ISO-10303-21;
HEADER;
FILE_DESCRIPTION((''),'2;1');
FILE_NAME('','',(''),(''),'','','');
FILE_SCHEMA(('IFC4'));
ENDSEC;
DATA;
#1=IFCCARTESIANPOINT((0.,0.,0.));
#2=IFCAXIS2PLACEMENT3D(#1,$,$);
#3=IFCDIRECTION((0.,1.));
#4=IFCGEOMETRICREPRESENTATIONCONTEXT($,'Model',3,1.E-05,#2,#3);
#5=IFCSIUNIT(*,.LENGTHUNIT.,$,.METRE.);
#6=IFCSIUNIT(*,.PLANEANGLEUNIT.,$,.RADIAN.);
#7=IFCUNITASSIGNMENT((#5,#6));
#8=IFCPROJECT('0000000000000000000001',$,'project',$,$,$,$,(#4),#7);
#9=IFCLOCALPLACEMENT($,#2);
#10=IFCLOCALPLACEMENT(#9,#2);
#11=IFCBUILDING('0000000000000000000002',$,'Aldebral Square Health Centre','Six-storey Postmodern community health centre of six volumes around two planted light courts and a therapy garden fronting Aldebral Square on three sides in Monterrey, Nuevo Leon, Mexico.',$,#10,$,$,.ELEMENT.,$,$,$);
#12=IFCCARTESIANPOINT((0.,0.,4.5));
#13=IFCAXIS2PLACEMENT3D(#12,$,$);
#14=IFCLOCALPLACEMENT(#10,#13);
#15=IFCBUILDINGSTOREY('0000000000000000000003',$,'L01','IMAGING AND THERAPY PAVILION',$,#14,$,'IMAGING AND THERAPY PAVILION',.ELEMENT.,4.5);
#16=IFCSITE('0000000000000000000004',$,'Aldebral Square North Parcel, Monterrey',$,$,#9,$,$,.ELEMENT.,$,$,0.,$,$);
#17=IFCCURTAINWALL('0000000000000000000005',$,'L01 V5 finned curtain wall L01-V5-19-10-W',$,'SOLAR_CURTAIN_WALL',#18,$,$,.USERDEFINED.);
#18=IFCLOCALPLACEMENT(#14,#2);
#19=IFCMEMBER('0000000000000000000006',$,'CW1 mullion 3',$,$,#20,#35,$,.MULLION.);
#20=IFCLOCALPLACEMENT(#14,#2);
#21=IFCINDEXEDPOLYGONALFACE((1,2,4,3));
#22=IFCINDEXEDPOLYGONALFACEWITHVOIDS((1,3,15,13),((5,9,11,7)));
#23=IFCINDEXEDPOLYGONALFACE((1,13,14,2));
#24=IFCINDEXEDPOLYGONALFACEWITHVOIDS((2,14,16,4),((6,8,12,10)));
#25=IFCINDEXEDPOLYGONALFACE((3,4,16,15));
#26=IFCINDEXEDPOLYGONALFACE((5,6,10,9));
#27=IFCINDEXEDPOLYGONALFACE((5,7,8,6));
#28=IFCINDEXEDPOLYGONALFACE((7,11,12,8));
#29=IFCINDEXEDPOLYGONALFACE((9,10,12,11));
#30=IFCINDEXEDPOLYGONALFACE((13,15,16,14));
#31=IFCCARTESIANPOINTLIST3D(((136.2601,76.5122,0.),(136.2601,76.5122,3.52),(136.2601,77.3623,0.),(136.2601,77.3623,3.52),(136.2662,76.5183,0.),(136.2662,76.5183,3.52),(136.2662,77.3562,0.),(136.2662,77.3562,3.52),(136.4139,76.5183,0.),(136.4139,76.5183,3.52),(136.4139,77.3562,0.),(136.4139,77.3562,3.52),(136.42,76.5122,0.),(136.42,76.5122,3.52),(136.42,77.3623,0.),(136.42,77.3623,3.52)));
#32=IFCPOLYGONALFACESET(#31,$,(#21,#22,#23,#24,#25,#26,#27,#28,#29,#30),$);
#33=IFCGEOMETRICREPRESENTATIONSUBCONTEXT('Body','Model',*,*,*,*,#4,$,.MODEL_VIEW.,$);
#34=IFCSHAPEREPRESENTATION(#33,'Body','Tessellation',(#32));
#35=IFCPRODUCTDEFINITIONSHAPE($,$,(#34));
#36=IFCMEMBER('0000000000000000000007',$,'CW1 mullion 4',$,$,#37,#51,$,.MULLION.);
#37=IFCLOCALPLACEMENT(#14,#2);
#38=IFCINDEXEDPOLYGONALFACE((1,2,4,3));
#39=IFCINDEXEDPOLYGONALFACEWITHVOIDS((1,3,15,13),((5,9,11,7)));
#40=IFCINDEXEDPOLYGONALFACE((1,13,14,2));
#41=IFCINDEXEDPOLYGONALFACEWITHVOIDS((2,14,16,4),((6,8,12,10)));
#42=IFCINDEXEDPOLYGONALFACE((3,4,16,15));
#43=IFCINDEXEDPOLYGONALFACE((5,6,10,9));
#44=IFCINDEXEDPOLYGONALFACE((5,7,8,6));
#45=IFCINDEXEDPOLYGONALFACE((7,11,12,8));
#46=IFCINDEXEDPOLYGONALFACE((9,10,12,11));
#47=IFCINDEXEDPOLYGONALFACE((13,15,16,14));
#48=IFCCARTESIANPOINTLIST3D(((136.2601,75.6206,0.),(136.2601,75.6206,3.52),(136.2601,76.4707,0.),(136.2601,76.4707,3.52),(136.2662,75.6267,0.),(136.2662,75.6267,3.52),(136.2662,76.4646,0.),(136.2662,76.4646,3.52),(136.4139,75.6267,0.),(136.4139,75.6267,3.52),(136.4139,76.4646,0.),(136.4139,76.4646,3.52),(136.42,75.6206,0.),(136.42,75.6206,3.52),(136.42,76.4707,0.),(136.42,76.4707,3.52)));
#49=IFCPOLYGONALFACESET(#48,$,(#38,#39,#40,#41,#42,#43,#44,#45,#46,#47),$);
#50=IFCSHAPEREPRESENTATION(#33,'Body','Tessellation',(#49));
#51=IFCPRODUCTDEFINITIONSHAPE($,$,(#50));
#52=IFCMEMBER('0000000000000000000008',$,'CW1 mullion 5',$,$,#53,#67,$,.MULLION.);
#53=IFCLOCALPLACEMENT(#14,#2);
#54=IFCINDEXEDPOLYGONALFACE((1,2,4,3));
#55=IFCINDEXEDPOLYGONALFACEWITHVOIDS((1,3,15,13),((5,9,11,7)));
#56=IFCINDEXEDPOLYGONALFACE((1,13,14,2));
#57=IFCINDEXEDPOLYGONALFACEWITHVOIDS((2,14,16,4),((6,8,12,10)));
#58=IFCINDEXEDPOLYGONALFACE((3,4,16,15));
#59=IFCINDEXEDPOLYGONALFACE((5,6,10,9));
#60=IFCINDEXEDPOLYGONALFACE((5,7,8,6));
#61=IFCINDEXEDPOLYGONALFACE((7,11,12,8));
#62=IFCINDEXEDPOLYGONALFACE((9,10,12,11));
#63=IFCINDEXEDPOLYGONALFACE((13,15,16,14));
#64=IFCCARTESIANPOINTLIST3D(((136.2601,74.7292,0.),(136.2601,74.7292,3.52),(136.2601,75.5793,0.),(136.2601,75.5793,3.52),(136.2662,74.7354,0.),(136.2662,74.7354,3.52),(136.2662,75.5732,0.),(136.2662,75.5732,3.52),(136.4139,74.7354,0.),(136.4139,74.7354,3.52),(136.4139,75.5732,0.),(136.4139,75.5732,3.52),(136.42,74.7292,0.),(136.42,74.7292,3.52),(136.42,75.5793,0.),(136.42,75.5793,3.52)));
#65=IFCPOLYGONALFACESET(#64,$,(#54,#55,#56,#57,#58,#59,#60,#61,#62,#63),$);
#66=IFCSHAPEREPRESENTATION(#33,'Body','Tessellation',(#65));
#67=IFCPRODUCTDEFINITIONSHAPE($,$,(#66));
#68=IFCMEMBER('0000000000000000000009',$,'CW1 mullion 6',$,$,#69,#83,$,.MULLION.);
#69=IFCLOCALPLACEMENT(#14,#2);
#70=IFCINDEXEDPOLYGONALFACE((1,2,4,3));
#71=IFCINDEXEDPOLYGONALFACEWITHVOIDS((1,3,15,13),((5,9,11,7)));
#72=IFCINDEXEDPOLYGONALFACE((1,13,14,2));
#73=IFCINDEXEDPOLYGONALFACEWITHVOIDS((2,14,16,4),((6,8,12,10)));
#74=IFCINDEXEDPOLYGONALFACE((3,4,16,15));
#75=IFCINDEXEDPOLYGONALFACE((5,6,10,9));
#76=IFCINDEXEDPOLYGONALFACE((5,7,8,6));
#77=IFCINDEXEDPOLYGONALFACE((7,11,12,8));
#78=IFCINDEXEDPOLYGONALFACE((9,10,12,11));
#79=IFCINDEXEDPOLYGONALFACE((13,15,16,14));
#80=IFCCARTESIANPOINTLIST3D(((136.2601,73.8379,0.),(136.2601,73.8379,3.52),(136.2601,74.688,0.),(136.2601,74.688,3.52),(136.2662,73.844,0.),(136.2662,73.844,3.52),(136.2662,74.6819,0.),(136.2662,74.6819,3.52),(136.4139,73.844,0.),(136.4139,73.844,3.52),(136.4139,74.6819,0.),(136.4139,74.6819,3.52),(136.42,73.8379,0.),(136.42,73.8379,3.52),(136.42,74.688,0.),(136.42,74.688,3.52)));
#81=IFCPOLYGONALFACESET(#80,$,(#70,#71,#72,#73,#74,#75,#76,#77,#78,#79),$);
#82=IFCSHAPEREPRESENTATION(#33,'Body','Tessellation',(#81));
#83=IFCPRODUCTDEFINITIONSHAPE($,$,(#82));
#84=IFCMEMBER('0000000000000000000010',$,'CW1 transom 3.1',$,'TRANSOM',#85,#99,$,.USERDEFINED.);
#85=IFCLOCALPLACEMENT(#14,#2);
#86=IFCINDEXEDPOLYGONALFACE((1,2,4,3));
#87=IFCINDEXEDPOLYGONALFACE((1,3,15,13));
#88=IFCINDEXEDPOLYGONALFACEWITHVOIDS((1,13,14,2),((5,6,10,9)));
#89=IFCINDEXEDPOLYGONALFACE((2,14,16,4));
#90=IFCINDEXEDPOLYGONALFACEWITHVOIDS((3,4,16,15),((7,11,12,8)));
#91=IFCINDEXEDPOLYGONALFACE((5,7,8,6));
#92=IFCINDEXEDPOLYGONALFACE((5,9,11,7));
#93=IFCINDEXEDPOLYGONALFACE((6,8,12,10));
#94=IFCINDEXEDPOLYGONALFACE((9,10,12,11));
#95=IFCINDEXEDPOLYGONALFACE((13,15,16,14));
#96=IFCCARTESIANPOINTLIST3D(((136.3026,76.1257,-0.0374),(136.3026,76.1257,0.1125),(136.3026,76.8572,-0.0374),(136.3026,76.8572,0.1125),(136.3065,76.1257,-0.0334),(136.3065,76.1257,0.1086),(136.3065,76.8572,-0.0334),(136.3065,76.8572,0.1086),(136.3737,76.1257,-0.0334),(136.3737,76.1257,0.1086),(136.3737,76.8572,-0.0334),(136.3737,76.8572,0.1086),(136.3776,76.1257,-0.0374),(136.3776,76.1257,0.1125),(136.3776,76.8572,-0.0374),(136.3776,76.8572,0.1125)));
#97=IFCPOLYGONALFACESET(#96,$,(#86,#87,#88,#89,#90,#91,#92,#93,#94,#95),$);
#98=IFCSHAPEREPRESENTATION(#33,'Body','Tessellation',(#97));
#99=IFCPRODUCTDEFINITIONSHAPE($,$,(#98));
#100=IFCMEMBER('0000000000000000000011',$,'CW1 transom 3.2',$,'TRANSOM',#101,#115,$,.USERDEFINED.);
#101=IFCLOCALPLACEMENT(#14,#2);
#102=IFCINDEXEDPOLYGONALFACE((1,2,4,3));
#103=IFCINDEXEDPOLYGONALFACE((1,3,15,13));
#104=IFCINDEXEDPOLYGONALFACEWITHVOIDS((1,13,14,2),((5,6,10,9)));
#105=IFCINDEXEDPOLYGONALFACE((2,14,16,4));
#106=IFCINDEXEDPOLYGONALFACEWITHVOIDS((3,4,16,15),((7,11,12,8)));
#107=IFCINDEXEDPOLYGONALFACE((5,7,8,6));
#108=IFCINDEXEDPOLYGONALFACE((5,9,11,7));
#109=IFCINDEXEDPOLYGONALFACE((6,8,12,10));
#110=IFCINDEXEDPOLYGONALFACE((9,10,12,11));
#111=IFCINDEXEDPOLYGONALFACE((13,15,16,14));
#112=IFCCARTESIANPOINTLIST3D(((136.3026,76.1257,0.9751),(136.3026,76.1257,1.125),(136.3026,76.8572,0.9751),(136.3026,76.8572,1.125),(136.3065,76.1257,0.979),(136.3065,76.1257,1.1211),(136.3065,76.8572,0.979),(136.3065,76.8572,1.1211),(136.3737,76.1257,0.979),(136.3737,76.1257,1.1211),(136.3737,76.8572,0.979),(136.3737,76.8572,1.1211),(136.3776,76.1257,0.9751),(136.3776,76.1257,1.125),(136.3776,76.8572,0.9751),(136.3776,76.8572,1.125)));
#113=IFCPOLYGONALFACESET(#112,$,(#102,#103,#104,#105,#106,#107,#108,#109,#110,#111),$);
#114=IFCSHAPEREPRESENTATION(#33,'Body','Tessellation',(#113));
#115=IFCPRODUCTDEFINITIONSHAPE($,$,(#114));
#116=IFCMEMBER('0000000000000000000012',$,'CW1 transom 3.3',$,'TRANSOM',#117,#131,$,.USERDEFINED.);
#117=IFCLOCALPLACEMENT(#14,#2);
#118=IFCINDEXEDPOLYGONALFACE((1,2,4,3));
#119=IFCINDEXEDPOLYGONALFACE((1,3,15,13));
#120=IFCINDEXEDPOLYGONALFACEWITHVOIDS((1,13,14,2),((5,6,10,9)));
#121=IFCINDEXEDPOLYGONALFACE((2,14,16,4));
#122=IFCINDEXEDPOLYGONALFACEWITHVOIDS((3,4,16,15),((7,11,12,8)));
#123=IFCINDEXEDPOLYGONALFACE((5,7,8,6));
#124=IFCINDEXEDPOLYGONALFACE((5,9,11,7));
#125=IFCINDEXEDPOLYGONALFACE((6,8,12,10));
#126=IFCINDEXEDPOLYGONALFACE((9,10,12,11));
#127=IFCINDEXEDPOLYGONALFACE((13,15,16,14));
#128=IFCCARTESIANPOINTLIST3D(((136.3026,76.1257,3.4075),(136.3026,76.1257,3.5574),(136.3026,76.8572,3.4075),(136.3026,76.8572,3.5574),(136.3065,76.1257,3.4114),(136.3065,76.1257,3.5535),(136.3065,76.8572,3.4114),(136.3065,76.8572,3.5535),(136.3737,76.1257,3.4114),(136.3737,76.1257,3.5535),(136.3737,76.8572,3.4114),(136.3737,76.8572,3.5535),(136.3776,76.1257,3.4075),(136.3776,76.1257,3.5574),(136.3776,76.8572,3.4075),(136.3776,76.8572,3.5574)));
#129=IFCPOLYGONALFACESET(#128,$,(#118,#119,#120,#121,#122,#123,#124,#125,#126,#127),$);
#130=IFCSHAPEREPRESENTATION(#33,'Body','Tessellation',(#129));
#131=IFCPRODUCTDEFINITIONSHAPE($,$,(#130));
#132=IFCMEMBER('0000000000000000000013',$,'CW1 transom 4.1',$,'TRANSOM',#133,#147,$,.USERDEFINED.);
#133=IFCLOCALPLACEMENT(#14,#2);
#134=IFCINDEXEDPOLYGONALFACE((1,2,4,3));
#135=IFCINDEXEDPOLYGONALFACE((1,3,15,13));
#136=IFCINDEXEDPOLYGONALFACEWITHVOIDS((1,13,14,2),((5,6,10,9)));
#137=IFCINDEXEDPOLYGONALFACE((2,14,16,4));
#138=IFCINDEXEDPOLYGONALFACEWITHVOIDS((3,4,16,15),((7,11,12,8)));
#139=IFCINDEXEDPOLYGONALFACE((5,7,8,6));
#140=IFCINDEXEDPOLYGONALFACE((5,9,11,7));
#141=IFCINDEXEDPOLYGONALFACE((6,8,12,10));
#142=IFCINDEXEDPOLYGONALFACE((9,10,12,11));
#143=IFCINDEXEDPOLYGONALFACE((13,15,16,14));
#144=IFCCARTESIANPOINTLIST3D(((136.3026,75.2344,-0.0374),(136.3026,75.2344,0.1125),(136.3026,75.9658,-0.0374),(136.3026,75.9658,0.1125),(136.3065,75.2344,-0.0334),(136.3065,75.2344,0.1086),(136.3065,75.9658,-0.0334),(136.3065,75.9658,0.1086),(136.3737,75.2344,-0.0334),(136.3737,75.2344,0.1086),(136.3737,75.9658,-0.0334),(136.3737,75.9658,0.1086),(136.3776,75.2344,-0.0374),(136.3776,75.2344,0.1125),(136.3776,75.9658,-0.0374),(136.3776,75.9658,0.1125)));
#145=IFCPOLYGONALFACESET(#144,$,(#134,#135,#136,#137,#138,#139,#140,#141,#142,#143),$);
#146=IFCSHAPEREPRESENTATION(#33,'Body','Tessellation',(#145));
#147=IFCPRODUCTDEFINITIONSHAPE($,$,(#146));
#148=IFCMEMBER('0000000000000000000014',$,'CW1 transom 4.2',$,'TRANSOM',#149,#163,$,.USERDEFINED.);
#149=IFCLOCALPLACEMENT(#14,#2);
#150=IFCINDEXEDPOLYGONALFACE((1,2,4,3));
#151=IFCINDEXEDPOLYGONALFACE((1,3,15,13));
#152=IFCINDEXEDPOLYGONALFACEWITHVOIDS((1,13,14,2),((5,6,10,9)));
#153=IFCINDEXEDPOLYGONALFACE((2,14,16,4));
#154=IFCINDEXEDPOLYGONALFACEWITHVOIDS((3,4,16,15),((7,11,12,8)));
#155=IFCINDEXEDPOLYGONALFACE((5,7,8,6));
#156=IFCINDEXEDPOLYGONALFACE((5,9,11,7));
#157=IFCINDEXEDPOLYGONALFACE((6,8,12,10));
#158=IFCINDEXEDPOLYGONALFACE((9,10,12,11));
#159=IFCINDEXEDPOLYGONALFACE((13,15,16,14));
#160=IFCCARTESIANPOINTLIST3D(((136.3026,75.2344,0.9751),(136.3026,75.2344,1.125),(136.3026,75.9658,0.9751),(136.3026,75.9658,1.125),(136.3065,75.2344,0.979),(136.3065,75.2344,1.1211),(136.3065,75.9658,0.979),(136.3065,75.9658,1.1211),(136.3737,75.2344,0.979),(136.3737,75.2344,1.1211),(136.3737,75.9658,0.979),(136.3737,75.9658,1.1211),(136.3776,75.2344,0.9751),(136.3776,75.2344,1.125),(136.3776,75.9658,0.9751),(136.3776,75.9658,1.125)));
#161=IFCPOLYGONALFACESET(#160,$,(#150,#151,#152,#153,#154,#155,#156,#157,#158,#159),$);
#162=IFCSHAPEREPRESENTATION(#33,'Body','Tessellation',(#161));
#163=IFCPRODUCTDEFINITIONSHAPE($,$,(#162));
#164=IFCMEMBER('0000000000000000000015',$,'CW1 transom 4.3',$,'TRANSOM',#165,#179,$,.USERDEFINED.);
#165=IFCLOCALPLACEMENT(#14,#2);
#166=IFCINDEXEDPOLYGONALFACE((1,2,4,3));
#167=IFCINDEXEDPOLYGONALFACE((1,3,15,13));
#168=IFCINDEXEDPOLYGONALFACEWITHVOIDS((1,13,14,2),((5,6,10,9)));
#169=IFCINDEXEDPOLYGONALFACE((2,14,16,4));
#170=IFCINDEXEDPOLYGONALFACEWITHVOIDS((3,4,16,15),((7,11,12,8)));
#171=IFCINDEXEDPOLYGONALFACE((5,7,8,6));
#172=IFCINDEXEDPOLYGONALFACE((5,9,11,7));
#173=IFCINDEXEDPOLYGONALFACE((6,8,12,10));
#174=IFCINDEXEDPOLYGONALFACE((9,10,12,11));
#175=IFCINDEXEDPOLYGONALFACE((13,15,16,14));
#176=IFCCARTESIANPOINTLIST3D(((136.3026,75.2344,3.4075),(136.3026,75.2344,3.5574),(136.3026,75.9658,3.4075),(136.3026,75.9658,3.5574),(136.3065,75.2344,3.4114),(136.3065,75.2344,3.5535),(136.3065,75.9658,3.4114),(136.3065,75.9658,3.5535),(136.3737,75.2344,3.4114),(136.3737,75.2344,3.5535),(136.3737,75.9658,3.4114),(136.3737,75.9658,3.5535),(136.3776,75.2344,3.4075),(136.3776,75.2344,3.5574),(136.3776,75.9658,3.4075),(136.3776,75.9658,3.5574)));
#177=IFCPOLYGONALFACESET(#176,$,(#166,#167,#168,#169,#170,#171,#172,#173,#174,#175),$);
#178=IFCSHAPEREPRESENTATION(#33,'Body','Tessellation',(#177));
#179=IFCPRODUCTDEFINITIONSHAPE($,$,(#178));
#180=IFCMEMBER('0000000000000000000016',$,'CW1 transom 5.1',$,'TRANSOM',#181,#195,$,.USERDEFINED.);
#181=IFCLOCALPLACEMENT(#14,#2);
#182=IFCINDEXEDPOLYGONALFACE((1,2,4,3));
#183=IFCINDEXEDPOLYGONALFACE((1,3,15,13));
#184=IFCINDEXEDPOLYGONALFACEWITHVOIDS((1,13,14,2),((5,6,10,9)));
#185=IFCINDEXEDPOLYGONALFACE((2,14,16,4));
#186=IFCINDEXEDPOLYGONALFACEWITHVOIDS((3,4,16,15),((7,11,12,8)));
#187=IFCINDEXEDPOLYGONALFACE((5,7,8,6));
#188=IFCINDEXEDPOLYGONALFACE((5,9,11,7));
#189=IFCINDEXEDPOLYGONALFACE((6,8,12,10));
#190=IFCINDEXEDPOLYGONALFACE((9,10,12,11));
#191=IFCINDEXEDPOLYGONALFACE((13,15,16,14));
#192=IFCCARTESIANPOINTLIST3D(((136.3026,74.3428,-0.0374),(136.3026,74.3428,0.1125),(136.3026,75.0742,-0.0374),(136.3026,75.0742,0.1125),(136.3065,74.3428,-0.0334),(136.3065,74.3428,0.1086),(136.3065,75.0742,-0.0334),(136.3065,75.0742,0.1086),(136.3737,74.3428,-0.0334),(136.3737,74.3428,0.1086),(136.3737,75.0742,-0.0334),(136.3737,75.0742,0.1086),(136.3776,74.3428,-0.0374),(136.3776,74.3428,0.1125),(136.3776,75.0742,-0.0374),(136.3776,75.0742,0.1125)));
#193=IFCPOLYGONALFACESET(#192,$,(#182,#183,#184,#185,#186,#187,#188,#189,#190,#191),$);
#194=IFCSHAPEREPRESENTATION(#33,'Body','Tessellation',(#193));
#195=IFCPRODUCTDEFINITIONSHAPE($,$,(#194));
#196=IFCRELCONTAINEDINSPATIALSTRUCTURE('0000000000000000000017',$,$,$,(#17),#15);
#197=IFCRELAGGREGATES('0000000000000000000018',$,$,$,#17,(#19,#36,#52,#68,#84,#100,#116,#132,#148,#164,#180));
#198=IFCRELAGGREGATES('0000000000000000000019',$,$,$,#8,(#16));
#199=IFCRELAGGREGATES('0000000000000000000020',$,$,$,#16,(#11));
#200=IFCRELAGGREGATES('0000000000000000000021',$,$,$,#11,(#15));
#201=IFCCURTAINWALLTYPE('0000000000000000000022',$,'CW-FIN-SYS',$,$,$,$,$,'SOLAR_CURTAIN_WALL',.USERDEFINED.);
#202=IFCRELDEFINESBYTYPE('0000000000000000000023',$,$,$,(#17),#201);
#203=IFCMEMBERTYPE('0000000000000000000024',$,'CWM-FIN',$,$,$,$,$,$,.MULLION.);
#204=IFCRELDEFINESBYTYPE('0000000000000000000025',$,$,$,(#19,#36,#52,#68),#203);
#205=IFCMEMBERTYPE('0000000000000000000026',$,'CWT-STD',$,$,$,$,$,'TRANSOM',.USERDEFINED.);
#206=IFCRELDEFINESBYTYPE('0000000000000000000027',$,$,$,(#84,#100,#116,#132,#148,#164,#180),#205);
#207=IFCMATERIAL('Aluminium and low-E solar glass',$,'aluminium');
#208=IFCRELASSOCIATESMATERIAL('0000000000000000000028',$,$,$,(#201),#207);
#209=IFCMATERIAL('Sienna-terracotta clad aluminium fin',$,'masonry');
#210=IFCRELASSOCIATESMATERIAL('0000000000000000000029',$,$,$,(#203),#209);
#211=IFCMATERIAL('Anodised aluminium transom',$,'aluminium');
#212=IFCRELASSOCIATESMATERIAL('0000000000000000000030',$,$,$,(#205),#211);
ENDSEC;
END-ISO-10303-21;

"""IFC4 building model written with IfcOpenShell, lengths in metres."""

from ifc_helpers import new_model, si_unit, direction, frame, origin, origin_2d, place, context, subcontext, project, spatial, hollow_rectangle, extrude, material, material_profile, profile_set, type_object, element, aggregate, save


model = new_model("IFC4")

# Units and contexts
model_context = context("Model", 3, precision=1e-05, world=origin(), true_north=direction((0.0, 1.0)))
body_context = subcontext(model_context, "Body", "Model", "MODEL_VIEW")
ifc_project = project(units=[si_unit("LENGTHUNIT", "METRE"), si_unit("PLANEANGLEUNIT", "RADIAN")], contexts=[model_context])

# Site, building, storey
site_placement = place(None, origin())
site = spatial("IfcSite", under=ifc_project, at=site_placement, Name="Aldebral Square North Parcel, Monterrey", CompositionType="ELEMENT", RefElevation=0.0)
building_placement = place(site_placement, origin())
building = spatial("IfcBuilding", under=site, at=building_placement, Name="Aldebral Square Health Centre", Description="Six-storey Postmodern community health centre of six volumes around two planted light courts and a therapy garden fronting Aldebral Square on three sides in Monterrey, Nuevo Leon, Mexico.", CompositionType="ELEMENT")
storey_placement = place(building_placement, frame((0.0, 0.0, 4.5)))
storey = spatial("IfcBuildingStorey", under=building, at=storey_placement, Name="L01", Description="IMAGING AND THERAPY PAVILION", LongName="IMAGING AND THERAPY PAVILION", CompositionType="ELEMENT", Elevation=4.5)

# Curtain wall, members
ifc_material_1 = material(Name="Aluminium and low-E solar glass", Category="aluminium")
curtain_wall_type = type_object("IfcCurtainWallType", Name="CW-FIN-SYS", ElementType="SOLAR_CURTAIN_WALL", PredefinedType="USERDEFINED", material=ifc_material_1)
curtain_wall_placement = place(storey_placement, origin())
curtain_wall = element("IfcCurtainWall", 1, at=curtain_wall_placement, inside=storey, type_object=curtain_wall_type, Name="L01 V5 finned curtain wall L01-V5-19-10-W", ObjectType="SOLAR_CURTAIN_WALL", PredefinedType="USERDEFINED")
ifc_material_2 = material(Name="Sienna-terracotta clad aluminium fin", Category="masonry")
ifc_material_profile_1 = material_profile(ifc_material_2, hollow_rectangle(XDim=0.1599, YDim=0.8501, WallThickness=0.0061, at=origin_2d()), Name="FIN 160x850x6")
ifc_profile_set_1 = profile_set([ifc_material_profile_1], Name="Sienna-terracotta clad aluminium fin")
member_type_1 = type_object("IfcMemberType", Name="CWM-FIN", PredefinedType="MULLION", material=ifc_profile_set_1)
member_1_placement = place(storey_placement, frame((136.3401, 76.9373, 0.0), z_axis=(0.0, 0.0, 1.0), x_axis=(1.0, 0.0, 0.0)))
member_1 = element("IfcMember", 2, at=member_1_placement, type_object=member_type_1, Name="CW1 mullion 3", PredefinedType="MULLION", context=body_context, shape_type="SweptSolid", body=[
    extrude(hollow_rectangle(XDim=0.1599, YDim=0.8501, WallThickness=0.0061, at=origin_2d()), origin(), (0.0, 0.0, 1.0), 3.52),
])
member_2_placement = place(storey_placement, frame((136.3401, 76.0457, 0.0), z_axis=(0.0, 0.0, 1.0), x_axis=(1.0, 0.0, 0.0)))
member_2 = element("IfcMember", 3, at=member_2_placement, type_object=member_type_1, Name="CW1 mullion 4", PredefinedType="MULLION", context=body_context, shape_type="SweptSolid", body=[
    extrude(hollow_rectangle(XDim=0.1599, YDim=0.8501, WallThickness=0.0061, at=origin_2d()), origin(), (0.0, 0.0, 1.0), 3.52),
])
member_3_placement = place(storey_placement, frame((136.3401, 75.1543, 0.0), z_axis=(0.0, 0.0, 1.0), x_axis=(1.0, 0.0, 0.0)))
member_3 = element("IfcMember", 4, at=member_3_placement, type_object=member_type_1, Name="CW1 mullion 5", PredefinedType="MULLION", context=body_context, shape_type="SweptSolid", body=[
    extrude(hollow_rectangle(XDim=0.1599, YDim=0.8501, WallThickness=0.0061, at=origin_2d()), origin(), (0.0, 0.0, 1.0), 3.52),
])
member_4_placement = place(storey_placement, frame((136.3401, 74.2629, 0.0), z_axis=(0.0, 0.0, 1.0), x_axis=(1.0, 0.0, 0.0)))
member_4 = element("IfcMember", 5, at=member_4_placement, type_object=member_type_1, Name="CW1 mullion 6", PredefinedType="MULLION", context=body_context, shape_type="SweptSolid", body=[
    extrude(hollow_rectangle(XDim=0.1599, YDim=0.8501, WallThickness=0.0061, at=origin_2d()), origin(), (0.0, 0.0, 1.0), 3.52),
])
ifc_material_3 = material(Name="Anodised aluminium transom", Category="aluminium")
ifc_material_profile_2 = material_profile(ifc_material_3, hollow_rectangle(XDim=0.075, YDim=0.1499, WallThickness=0.0039, at=origin_2d()), Name="CWT 75x150x4")
ifc_profile_set_2 = profile_set([ifc_material_profile_2], Name="Anodised aluminium transom")
member_type_2 = type_object("IfcMemberType", Name="CWT-STD", ElementType="TRANSOM", PredefinedType="USERDEFINED", material=ifc_profile_set_2)
member_5_placement = place(storey_placement, frame((136.3401, 76.8572, 0.0376), z_axis=(0.0, -1.0, 0.0), x_axis=(1.0, 0.0, 0.0)))
member_5 = element("IfcMember", 6, at=member_5_placement, type_object=member_type_2, Name="CW1 transom 3.1", ObjectType="TRANSOM", PredefinedType="USERDEFINED", context=body_context, shape_type="SweptSolid", body=[
    extrude(hollow_rectangle(XDim=0.075, YDim=0.1499, WallThickness=0.0039, at=origin_2d()), origin(), (0.0, 0.0, 1.0), 0.7314),
])
member_6_placement = place(storey_placement, frame((136.3401, 76.8572, 1.05), z_axis=(0.0, -1.0, 0.0), x_axis=(1.0, 0.0, 0.0)))
member_6 = element("IfcMember", 7, at=member_6_placement, type_object=member_type_2, Name="CW1 transom 3.2", ObjectType="TRANSOM", PredefinedType="USERDEFINED", context=body_context, shape_type="SweptSolid", body=[
    extrude(hollow_rectangle(XDim=0.075, YDim=0.1499, WallThickness=0.0039, at=origin_2d()), origin(), (0.0, 0.0, 1.0), 0.7314),
])
member_7_placement = place(storey_placement, frame((136.3401, 76.8572, 3.4824), z_axis=(0.0, -1.0, 0.0), x_axis=(1.0, 0.0, 0.0)))
member_7 = element("IfcMember", 8, at=member_7_placement, type_object=member_type_2, Name="CW1 transom 3.3", ObjectType="TRANSOM", PredefinedType="USERDEFINED", context=body_context, shape_type="SweptSolid", body=[
    extrude(hollow_rectangle(XDim=0.075, YDim=0.1499, WallThickness=0.0039, at=origin_2d()), origin(), (0.0, 0.0, 1.0), 0.7314),
])
member_8_placement = place(storey_placement, frame((136.3401, 75.9658, 0.0376), z_axis=(0.0, -1.0, 0.0), x_axis=(1.0, 0.0, 0.0)))
member_8 = element("IfcMember", 9, at=member_8_placement, type_object=member_type_2, Name="CW1 transom 4.1", ObjectType="TRANSOM", PredefinedType="USERDEFINED", context=body_context, shape_type="SweptSolid", body=[
    extrude(hollow_rectangle(XDim=0.075, YDim=0.1499, WallThickness=0.0039, at=origin_2d()), origin(), (0.0, 0.0, 1.0), 0.7314),
])
member_9_placement = place(storey_placement, frame((136.3401, 75.9658, 1.05), z_axis=(0.0, -1.0, 0.0), x_axis=(1.0, 0.0, 0.0)))
member_9 = element("IfcMember", 10, at=member_9_placement, type_object=member_type_2, Name="CW1 transom 4.2", ObjectType="TRANSOM", PredefinedType="USERDEFINED", context=body_context, shape_type="SweptSolid", body=[
    extrude(hollow_rectangle(XDim=0.075, YDim=0.1499, WallThickness=0.0039, at=origin_2d()), origin(), (0.0, 0.0, 1.0), 0.7314),
])
member_10_placement = place(storey_placement, frame((136.3401, 75.9658, 3.4824), z_axis=(0.0, -1.0, 0.0), x_axis=(1.0, 0.0, 0.0)))
member_10 = element("IfcMember", 11, at=member_10_placement, type_object=member_type_2, Name="CW1 transom 4.3", ObjectType="TRANSOM", PredefinedType="USERDEFINED", context=body_context, shape_type="SweptSolid", body=[
    extrude(hollow_rectangle(XDim=0.075, YDim=0.1499, WallThickness=0.0039, at=origin_2d()), origin(), (0.0, 0.0, 1.0), 0.7314),
])
member_11_placement = place(storey_placement, frame((136.3401, 75.0742, 0.0376), z_axis=(0.0, -1.0, 0.0), x_axis=(1.0, 0.0, 0.0)))
member_11 = element("IfcMember", 12, at=member_11_placement, type_object=member_type_2, Name="CW1 transom 5.1", ObjectType="TRANSOM", PredefinedType="USERDEFINED", context=body_context, shape_type="SweptSolid", body=[
    extrude(hollow_rectangle(XDim=0.075, YDim=0.1499, WallThickness=0.0039, at=origin_2d()), origin(), (0.0, 0.0, 1.0), 0.7314),
])
aggregate(curtain_wall, [member_1, member_2, member_3, member_4, member_5, member_6, member_7, member_8, member_9, member_10, member_11])

save(model, "model.ifc")
